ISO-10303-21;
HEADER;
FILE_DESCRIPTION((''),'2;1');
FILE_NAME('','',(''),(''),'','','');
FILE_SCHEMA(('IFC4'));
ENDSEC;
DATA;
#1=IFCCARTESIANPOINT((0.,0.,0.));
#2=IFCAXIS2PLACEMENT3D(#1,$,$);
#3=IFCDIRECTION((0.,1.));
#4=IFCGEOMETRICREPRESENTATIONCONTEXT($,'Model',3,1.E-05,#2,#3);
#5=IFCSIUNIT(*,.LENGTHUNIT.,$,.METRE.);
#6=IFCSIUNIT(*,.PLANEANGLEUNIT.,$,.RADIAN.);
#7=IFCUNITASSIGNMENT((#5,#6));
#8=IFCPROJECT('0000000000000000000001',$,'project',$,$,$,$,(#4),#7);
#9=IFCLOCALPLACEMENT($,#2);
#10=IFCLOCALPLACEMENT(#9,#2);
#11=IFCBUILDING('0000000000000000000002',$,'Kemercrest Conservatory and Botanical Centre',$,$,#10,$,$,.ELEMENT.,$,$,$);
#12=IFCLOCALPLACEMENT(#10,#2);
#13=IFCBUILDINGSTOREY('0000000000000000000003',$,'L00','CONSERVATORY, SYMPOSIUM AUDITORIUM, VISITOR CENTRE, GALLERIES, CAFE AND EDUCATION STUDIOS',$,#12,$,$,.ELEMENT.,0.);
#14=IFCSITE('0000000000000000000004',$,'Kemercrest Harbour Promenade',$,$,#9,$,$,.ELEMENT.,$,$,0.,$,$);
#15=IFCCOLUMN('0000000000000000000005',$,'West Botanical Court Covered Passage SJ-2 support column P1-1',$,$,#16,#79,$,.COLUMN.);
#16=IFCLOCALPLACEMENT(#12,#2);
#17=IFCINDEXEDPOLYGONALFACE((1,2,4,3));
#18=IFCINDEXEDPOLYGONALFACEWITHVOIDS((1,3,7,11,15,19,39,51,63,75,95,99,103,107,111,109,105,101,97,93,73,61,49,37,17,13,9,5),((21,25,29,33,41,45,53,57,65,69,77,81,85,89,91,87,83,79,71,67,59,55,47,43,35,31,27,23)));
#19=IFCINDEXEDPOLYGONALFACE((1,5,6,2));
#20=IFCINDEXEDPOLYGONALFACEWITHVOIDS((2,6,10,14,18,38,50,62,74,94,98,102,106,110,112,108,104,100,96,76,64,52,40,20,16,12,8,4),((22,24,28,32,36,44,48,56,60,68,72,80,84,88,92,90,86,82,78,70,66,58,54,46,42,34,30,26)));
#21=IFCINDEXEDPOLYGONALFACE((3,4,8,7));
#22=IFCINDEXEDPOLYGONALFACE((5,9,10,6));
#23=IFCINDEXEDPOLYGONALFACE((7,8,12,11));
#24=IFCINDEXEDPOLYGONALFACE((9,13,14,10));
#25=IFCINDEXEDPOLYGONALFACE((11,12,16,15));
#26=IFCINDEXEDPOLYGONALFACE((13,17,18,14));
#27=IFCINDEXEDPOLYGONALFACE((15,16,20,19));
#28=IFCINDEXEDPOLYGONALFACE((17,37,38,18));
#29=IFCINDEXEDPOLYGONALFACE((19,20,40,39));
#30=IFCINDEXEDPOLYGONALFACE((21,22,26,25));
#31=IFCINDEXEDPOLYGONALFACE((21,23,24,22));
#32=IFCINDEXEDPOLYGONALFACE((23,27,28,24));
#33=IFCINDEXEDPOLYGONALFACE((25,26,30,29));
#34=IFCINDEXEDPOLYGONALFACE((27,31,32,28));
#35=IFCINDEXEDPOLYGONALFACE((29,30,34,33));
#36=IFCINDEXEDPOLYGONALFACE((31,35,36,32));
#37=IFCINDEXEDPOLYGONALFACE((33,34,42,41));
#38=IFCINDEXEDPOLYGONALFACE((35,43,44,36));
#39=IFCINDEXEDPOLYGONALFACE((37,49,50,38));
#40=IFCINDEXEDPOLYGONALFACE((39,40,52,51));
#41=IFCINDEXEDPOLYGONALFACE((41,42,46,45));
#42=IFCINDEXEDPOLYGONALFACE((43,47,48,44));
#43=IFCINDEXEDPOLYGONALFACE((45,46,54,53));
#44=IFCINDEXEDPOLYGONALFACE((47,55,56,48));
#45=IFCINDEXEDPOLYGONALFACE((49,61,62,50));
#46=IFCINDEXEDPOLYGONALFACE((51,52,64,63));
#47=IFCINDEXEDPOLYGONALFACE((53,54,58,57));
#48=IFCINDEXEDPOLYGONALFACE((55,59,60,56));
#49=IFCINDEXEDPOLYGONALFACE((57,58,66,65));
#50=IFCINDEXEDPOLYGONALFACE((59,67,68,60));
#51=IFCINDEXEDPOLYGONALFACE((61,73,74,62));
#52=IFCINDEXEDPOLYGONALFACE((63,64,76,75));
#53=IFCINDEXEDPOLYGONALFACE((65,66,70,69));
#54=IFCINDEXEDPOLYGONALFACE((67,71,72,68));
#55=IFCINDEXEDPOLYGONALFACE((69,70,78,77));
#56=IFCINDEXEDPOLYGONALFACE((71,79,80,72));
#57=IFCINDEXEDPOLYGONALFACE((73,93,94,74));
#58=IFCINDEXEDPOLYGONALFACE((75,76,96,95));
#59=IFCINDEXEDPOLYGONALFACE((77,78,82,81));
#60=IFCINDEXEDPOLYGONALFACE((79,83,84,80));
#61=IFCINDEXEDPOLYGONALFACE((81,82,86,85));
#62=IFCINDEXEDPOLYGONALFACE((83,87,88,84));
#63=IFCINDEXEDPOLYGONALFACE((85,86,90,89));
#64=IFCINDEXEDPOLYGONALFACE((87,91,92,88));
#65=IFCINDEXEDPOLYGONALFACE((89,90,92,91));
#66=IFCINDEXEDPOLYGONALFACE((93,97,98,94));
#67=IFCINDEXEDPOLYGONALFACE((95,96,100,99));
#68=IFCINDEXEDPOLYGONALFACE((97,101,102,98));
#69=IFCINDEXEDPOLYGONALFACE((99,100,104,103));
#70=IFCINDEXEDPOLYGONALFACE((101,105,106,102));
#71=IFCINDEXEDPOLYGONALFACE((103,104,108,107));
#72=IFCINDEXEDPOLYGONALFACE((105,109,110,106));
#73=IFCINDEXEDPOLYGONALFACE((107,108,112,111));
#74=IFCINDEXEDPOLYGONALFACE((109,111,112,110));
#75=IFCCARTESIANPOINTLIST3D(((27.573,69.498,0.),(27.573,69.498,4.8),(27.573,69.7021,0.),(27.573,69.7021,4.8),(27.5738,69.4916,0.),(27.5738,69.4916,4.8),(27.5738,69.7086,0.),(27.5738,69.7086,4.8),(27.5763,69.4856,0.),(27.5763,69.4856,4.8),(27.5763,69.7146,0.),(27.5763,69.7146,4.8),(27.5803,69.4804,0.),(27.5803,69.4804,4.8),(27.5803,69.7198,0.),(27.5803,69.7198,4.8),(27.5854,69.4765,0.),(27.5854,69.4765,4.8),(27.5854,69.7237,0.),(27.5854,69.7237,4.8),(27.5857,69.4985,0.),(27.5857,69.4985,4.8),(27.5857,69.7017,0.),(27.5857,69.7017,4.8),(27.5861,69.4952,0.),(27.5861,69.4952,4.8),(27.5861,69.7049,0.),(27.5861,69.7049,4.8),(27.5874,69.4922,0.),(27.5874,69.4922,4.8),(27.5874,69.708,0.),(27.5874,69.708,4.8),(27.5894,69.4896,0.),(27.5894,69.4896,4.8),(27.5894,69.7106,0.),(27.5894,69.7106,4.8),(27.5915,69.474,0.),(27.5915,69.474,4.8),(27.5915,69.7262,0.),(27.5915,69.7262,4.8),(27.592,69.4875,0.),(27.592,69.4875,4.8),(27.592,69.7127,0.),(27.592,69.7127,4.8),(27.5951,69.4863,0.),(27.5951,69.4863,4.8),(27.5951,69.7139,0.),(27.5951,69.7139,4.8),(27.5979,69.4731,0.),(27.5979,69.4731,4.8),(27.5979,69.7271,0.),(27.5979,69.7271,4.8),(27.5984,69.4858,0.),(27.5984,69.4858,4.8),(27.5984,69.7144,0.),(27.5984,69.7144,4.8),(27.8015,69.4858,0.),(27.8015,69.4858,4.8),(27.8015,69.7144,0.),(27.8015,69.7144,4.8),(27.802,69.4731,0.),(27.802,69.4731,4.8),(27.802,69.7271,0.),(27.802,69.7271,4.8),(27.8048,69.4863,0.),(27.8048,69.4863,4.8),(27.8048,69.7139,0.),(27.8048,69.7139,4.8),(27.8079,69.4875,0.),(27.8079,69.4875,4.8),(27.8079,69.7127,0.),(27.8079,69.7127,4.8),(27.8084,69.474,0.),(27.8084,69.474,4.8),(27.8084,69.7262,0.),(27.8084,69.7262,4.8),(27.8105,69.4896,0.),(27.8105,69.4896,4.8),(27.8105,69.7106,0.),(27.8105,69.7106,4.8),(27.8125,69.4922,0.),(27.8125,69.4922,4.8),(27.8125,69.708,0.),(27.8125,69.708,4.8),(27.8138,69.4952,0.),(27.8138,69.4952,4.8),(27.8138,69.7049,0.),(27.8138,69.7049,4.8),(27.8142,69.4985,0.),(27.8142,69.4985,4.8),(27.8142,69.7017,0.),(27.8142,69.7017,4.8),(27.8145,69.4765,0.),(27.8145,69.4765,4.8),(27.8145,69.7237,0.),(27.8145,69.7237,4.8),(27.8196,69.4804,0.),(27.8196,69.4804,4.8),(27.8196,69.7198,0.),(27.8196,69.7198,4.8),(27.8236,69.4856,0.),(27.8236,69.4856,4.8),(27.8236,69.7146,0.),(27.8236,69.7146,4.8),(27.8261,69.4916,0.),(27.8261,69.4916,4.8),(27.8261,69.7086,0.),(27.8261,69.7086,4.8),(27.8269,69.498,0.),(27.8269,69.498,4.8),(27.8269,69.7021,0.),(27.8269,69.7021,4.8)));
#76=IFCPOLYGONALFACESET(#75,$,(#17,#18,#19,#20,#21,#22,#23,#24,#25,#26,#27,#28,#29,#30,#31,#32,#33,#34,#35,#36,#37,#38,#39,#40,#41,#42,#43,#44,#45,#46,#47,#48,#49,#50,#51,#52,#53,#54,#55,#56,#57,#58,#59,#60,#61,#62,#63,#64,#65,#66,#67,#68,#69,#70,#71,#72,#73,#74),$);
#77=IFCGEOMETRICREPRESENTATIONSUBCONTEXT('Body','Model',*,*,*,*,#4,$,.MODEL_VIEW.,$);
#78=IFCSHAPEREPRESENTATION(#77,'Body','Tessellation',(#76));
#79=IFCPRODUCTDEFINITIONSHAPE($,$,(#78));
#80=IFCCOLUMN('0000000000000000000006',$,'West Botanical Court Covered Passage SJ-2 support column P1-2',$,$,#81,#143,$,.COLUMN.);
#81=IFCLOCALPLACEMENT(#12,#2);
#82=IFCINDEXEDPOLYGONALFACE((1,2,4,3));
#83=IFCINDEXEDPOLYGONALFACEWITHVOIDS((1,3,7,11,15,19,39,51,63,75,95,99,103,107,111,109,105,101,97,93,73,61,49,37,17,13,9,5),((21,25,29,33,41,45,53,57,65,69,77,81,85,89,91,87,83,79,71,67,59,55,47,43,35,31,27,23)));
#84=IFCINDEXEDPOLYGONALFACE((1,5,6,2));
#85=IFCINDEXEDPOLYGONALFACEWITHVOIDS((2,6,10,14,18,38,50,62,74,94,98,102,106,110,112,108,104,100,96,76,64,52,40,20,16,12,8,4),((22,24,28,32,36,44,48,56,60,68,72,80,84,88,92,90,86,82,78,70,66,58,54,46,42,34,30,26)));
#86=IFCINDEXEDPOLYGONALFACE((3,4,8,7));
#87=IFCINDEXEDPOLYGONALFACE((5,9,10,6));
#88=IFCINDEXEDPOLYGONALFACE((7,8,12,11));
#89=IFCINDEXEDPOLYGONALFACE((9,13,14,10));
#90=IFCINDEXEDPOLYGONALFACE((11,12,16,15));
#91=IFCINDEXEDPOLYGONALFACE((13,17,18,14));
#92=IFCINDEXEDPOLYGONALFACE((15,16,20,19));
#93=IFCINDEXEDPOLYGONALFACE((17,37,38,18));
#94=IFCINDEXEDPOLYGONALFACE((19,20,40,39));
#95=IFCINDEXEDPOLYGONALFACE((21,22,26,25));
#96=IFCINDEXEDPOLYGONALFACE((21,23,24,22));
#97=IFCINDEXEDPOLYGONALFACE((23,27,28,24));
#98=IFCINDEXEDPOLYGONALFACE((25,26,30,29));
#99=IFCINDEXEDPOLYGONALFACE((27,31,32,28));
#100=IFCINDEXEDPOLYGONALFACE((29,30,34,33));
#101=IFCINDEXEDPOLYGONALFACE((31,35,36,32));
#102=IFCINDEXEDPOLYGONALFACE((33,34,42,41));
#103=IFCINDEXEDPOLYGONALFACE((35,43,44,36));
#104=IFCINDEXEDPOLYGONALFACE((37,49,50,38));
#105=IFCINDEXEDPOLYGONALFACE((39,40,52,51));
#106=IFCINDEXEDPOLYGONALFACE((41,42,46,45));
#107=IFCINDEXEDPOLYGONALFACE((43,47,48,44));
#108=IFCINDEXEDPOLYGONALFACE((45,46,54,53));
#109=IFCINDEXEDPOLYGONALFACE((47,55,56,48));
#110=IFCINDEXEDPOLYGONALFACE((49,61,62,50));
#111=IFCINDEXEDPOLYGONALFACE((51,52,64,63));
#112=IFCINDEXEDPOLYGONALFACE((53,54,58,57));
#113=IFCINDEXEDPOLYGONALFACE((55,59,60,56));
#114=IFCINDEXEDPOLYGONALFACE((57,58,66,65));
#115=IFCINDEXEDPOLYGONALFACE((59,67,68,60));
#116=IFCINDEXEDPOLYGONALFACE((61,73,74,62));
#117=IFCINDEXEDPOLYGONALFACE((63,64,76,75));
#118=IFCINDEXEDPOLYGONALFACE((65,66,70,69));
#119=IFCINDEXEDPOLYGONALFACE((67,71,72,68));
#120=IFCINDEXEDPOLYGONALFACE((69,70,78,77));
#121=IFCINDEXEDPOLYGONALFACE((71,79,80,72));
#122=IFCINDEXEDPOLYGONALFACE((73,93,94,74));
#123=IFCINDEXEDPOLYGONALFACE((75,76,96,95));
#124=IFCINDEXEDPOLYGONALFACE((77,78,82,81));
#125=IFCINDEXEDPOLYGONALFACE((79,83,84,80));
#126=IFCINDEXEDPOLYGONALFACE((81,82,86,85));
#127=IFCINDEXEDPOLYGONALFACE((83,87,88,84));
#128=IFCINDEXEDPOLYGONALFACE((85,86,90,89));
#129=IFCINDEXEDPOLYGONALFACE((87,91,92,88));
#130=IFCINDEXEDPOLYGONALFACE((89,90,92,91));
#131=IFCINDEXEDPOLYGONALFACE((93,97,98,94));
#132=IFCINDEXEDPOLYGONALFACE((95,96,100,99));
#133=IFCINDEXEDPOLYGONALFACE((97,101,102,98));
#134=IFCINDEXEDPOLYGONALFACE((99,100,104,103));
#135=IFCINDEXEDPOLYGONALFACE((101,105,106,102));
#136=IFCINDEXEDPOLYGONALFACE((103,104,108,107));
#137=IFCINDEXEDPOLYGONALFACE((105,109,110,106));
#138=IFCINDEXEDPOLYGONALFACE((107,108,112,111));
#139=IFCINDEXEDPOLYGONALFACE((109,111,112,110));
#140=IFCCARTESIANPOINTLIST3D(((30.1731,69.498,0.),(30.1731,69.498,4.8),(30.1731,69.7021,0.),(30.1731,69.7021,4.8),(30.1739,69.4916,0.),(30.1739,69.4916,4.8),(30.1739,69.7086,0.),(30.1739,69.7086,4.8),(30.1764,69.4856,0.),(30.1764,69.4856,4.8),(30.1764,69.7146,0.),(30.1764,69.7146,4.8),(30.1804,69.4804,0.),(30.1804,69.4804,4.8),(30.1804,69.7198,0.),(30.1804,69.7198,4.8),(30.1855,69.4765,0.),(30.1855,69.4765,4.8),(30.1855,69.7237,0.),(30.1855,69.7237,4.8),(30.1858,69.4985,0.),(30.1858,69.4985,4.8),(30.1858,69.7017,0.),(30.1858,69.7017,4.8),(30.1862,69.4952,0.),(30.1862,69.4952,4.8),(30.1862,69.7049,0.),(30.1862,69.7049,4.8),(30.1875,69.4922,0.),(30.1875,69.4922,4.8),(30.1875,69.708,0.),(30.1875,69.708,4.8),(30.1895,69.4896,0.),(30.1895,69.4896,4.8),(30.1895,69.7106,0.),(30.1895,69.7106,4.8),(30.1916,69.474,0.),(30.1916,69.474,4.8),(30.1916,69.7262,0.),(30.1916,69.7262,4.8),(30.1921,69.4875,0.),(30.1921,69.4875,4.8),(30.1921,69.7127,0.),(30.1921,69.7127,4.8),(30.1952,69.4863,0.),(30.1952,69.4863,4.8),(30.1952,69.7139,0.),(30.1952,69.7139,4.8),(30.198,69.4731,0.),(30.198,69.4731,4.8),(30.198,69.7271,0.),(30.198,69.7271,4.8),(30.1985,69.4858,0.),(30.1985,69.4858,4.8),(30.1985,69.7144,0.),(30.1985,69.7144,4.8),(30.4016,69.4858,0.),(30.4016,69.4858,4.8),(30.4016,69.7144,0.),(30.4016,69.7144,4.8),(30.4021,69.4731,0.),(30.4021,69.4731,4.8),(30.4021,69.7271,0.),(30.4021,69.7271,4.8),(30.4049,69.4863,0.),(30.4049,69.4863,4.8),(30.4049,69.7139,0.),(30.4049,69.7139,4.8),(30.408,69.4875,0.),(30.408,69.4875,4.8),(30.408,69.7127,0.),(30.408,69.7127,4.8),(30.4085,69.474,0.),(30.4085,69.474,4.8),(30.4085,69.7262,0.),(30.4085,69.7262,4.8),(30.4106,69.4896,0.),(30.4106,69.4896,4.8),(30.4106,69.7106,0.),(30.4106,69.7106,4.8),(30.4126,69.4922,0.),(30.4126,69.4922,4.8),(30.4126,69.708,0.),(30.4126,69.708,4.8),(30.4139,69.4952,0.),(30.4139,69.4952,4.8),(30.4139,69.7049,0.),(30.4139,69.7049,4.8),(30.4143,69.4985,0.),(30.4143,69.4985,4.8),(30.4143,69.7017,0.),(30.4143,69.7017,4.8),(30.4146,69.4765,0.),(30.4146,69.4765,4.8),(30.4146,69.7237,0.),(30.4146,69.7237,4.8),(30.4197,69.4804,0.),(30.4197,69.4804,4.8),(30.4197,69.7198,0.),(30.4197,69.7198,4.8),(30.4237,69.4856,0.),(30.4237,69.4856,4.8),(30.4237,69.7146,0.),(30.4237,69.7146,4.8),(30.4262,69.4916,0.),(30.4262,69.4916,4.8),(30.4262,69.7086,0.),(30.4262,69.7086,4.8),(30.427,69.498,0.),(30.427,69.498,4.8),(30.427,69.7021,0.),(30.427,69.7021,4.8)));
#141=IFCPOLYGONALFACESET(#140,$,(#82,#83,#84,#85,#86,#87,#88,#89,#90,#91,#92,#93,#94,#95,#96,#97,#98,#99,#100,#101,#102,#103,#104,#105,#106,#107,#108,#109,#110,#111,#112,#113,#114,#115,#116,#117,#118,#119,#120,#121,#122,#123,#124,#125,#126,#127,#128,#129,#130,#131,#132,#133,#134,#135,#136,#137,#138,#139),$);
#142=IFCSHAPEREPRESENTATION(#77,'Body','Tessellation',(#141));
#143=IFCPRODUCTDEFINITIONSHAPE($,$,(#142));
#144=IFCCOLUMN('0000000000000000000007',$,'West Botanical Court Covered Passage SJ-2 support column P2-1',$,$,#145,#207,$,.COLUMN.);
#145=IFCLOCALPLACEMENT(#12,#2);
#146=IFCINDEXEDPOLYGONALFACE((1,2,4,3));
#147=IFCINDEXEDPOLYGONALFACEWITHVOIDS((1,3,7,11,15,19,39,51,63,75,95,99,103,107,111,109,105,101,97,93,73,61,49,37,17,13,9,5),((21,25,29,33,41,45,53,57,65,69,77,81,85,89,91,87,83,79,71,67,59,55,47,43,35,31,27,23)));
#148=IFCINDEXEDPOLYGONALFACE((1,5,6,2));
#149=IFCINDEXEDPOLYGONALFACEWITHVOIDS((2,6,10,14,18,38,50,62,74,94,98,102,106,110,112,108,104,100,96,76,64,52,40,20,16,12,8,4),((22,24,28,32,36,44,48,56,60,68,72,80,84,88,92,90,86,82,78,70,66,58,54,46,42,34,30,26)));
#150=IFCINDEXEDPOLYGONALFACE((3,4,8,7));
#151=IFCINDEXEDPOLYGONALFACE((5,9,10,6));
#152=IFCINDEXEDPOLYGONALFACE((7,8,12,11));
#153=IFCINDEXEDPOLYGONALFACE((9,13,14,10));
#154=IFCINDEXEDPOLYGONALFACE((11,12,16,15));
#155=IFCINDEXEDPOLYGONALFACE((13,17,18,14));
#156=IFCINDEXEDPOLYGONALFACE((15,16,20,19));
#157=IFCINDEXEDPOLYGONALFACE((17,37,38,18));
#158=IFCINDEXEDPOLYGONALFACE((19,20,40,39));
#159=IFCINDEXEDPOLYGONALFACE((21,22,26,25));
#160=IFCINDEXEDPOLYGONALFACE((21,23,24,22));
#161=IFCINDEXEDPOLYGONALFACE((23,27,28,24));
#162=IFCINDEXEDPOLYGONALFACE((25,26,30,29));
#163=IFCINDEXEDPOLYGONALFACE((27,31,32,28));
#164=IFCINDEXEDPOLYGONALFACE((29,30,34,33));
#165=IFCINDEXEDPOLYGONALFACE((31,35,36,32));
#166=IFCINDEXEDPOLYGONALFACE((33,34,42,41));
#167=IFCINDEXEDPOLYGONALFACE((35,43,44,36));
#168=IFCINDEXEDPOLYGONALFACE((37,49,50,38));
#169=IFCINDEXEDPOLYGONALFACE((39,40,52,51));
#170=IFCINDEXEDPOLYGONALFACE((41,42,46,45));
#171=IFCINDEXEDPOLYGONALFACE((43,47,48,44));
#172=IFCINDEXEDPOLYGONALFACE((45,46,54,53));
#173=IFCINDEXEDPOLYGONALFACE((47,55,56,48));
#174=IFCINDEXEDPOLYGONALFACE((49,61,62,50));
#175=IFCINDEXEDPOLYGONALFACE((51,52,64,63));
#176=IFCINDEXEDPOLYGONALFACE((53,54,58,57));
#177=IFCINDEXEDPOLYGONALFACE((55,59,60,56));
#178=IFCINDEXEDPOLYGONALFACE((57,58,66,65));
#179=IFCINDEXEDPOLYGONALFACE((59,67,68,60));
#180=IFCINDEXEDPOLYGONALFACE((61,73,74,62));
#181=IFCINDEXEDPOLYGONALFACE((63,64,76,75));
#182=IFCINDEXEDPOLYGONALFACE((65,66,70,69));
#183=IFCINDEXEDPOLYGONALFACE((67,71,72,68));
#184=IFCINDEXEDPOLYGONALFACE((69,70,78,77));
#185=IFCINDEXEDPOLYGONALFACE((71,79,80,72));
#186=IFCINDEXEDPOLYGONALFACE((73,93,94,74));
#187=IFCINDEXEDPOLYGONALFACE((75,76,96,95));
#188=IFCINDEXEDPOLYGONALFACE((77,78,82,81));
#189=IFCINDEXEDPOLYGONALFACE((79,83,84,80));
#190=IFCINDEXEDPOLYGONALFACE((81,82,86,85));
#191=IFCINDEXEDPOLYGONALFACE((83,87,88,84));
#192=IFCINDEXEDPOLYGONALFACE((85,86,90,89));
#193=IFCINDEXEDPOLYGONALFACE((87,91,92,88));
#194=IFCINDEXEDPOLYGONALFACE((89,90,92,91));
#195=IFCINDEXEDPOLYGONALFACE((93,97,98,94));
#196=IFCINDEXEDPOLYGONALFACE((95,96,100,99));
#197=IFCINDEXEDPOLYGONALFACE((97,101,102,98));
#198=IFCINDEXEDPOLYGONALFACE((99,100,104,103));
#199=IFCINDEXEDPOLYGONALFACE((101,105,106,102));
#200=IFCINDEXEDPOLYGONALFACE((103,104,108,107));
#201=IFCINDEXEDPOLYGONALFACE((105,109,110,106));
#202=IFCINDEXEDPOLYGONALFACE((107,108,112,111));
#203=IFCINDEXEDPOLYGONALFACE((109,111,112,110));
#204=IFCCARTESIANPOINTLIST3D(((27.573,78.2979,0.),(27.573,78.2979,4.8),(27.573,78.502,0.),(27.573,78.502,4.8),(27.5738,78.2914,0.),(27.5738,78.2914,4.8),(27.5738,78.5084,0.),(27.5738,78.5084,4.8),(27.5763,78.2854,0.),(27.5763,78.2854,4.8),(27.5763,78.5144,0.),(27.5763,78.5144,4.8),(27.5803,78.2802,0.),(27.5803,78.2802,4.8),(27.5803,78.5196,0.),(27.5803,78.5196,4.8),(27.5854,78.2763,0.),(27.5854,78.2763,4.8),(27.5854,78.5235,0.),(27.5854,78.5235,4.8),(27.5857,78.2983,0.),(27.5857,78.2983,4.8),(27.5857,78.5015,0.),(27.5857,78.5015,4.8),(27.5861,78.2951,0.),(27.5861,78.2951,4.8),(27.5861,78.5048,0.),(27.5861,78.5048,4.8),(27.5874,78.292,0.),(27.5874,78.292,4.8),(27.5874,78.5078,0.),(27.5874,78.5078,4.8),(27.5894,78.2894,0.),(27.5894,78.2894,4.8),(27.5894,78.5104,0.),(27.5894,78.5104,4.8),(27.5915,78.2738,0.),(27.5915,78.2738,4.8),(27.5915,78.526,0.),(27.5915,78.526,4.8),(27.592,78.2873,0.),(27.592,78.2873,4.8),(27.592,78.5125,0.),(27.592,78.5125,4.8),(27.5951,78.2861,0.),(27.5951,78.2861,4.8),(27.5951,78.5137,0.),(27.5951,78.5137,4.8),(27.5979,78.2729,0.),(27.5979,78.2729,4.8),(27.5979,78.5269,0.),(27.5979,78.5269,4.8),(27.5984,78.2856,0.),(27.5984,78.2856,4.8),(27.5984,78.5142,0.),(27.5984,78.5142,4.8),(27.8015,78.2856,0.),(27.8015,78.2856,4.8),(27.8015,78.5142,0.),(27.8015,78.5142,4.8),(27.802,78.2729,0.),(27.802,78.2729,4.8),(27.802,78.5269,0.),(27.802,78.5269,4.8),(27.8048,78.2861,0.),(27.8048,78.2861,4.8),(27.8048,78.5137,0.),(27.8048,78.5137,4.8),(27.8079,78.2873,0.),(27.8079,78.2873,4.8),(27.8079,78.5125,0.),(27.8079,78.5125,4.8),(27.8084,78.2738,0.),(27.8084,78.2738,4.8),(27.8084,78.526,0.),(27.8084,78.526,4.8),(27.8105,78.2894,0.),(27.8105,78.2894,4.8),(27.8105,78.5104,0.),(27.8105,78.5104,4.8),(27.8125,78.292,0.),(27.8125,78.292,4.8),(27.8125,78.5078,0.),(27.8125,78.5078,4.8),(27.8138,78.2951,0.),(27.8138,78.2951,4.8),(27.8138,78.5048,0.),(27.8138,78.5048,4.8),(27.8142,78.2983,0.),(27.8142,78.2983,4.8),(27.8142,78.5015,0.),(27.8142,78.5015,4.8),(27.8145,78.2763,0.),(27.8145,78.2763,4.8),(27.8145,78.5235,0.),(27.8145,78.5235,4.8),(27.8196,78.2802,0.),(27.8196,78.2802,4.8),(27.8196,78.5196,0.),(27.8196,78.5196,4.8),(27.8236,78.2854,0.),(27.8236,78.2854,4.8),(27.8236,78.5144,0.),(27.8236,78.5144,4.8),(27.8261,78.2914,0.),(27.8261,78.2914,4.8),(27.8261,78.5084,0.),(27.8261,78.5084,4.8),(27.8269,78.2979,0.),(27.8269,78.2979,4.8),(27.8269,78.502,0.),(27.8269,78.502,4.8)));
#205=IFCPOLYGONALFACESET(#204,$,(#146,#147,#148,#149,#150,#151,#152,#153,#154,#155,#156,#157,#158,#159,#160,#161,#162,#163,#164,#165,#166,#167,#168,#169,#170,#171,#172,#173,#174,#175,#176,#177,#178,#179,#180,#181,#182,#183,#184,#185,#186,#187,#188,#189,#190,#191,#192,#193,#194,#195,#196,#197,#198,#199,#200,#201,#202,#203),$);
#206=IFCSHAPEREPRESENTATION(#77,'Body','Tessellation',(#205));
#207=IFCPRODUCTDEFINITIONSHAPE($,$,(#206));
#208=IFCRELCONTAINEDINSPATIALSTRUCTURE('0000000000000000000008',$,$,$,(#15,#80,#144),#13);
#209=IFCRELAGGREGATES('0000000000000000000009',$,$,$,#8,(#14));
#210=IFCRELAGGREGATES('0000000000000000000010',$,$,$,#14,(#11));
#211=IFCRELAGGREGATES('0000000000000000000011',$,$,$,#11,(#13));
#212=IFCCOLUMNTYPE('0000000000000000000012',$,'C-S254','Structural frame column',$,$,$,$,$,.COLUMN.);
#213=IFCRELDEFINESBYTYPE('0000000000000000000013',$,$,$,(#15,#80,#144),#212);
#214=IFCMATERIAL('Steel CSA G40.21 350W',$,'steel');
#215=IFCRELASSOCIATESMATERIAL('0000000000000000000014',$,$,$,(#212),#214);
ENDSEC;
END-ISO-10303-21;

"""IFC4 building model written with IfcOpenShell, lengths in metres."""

from ifc_helpers import new_model, si_unit, direction, frame, origin, origin_2d, place, context, subcontext, project, spatial, hollow_rectangle, extrude, material, material_profile, profile_set, type_object, element, save


model = new_model("IFC4")

# Units and contexts
model_context = context("Model", 3, precision=1e-05, world=origin(), true_north=direction((0.0, 1.0)))
body_context = subcontext(model_context, "Body", "Model", "MODEL_VIEW")
ifc_project = project(units=[si_unit("LENGTHUNIT", "METRE"), si_unit("PLANEANGLEUNIT", "RADIAN")], contexts=[model_context])

# Site, building, storey
site_placement = place(None, origin())
site = spatial("IfcSite", under=ifc_project, at=site_placement, Name="Kemercrest Harbour Promenade", CompositionType="ELEMENT", RefElevation=0.0)
building_placement = place(site_placement, origin())
building = spatial("IfcBuilding", under=site, at=building_placement, Name="Kemercrest Conservatory and Botanical Centre", CompositionType="ELEMENT")
storey_placement = place(building_placement, origin())
storey = spatial("IfcBuildingStorey", under=building, at=storey_placement, Name="L00", Description="CONSERVATORY, SYMPOSIUM AUDITORIUM, VISITOR CENTRE, GALLERIES, CAFE AND EDUCATION STUDIOS", CompositionType="ELEMENT", Elevation=0.0)

# Columns
ifc_material_1 = material(Name="Steel CSA G40.21 350W", Category="steel")
ifc_material_profile_1 = material_profile(ifc_material_1, hollow_rectangle(XDim=0.2539, YDim=0.2539, WallThickness=0.0127, InnerFilletRadius=0.0127, OuterFilletRadius=0.0249, at=origin_2d()), Name="HSS 254x254x12.7")
ifc_profile_set_1 = profile_set([ifc_material_profile_1], Name="Steel CSA G40.21 350W")
column_type_1 = type_object("IfcColumnType", Name="C-S254", Description="Structural frame column", PredefinedType="COLUMN", material=ifc_profile_set_1)
for number, where, z_axis, x_axis, name in (
    (1, (27.7, 69.6001, 0.0), (0.0, 0.0, 1.0), (1.0, 0.0, 0.0), "West Botanical Court Covered Passage SJ-2 support column P1-1"),
    (2, (30.3, 69.6001, 0.0), (0.0, 0.0, 1.0), (1.0, 0.0, 0.0), "West Botanical Court Covered Passage SJ-2 support column P1-2"),
    (3, (27.7, 78.3999, 0.0), (0.0, 0.0, 1.0), (1.0, 0.0, 0.0), "West Botanical Court Covered Passage SJ-2 support column P2-1"),
):
    element("IfcColumn", number, at=place(storey_placement, frame(where, z_axis=z_axis, x_axis=x_axis)), inside=storey, type_object=column_type_1, Name=name, PredefinedType="COLUMN", context=body_context, shape_type="SweptSolid", body=[
        extrude(hollow_rectangle(XDim=0.2539, YDim=0.2539, WallThickness=0.0127, InnerFilletRadius=0.0127, OuterFilletRadius=0.0249, at=origin_2d()), origin(), (0.0, 0.0, 1.0), 4.8),
    ])

save(model, "model.ifc")
